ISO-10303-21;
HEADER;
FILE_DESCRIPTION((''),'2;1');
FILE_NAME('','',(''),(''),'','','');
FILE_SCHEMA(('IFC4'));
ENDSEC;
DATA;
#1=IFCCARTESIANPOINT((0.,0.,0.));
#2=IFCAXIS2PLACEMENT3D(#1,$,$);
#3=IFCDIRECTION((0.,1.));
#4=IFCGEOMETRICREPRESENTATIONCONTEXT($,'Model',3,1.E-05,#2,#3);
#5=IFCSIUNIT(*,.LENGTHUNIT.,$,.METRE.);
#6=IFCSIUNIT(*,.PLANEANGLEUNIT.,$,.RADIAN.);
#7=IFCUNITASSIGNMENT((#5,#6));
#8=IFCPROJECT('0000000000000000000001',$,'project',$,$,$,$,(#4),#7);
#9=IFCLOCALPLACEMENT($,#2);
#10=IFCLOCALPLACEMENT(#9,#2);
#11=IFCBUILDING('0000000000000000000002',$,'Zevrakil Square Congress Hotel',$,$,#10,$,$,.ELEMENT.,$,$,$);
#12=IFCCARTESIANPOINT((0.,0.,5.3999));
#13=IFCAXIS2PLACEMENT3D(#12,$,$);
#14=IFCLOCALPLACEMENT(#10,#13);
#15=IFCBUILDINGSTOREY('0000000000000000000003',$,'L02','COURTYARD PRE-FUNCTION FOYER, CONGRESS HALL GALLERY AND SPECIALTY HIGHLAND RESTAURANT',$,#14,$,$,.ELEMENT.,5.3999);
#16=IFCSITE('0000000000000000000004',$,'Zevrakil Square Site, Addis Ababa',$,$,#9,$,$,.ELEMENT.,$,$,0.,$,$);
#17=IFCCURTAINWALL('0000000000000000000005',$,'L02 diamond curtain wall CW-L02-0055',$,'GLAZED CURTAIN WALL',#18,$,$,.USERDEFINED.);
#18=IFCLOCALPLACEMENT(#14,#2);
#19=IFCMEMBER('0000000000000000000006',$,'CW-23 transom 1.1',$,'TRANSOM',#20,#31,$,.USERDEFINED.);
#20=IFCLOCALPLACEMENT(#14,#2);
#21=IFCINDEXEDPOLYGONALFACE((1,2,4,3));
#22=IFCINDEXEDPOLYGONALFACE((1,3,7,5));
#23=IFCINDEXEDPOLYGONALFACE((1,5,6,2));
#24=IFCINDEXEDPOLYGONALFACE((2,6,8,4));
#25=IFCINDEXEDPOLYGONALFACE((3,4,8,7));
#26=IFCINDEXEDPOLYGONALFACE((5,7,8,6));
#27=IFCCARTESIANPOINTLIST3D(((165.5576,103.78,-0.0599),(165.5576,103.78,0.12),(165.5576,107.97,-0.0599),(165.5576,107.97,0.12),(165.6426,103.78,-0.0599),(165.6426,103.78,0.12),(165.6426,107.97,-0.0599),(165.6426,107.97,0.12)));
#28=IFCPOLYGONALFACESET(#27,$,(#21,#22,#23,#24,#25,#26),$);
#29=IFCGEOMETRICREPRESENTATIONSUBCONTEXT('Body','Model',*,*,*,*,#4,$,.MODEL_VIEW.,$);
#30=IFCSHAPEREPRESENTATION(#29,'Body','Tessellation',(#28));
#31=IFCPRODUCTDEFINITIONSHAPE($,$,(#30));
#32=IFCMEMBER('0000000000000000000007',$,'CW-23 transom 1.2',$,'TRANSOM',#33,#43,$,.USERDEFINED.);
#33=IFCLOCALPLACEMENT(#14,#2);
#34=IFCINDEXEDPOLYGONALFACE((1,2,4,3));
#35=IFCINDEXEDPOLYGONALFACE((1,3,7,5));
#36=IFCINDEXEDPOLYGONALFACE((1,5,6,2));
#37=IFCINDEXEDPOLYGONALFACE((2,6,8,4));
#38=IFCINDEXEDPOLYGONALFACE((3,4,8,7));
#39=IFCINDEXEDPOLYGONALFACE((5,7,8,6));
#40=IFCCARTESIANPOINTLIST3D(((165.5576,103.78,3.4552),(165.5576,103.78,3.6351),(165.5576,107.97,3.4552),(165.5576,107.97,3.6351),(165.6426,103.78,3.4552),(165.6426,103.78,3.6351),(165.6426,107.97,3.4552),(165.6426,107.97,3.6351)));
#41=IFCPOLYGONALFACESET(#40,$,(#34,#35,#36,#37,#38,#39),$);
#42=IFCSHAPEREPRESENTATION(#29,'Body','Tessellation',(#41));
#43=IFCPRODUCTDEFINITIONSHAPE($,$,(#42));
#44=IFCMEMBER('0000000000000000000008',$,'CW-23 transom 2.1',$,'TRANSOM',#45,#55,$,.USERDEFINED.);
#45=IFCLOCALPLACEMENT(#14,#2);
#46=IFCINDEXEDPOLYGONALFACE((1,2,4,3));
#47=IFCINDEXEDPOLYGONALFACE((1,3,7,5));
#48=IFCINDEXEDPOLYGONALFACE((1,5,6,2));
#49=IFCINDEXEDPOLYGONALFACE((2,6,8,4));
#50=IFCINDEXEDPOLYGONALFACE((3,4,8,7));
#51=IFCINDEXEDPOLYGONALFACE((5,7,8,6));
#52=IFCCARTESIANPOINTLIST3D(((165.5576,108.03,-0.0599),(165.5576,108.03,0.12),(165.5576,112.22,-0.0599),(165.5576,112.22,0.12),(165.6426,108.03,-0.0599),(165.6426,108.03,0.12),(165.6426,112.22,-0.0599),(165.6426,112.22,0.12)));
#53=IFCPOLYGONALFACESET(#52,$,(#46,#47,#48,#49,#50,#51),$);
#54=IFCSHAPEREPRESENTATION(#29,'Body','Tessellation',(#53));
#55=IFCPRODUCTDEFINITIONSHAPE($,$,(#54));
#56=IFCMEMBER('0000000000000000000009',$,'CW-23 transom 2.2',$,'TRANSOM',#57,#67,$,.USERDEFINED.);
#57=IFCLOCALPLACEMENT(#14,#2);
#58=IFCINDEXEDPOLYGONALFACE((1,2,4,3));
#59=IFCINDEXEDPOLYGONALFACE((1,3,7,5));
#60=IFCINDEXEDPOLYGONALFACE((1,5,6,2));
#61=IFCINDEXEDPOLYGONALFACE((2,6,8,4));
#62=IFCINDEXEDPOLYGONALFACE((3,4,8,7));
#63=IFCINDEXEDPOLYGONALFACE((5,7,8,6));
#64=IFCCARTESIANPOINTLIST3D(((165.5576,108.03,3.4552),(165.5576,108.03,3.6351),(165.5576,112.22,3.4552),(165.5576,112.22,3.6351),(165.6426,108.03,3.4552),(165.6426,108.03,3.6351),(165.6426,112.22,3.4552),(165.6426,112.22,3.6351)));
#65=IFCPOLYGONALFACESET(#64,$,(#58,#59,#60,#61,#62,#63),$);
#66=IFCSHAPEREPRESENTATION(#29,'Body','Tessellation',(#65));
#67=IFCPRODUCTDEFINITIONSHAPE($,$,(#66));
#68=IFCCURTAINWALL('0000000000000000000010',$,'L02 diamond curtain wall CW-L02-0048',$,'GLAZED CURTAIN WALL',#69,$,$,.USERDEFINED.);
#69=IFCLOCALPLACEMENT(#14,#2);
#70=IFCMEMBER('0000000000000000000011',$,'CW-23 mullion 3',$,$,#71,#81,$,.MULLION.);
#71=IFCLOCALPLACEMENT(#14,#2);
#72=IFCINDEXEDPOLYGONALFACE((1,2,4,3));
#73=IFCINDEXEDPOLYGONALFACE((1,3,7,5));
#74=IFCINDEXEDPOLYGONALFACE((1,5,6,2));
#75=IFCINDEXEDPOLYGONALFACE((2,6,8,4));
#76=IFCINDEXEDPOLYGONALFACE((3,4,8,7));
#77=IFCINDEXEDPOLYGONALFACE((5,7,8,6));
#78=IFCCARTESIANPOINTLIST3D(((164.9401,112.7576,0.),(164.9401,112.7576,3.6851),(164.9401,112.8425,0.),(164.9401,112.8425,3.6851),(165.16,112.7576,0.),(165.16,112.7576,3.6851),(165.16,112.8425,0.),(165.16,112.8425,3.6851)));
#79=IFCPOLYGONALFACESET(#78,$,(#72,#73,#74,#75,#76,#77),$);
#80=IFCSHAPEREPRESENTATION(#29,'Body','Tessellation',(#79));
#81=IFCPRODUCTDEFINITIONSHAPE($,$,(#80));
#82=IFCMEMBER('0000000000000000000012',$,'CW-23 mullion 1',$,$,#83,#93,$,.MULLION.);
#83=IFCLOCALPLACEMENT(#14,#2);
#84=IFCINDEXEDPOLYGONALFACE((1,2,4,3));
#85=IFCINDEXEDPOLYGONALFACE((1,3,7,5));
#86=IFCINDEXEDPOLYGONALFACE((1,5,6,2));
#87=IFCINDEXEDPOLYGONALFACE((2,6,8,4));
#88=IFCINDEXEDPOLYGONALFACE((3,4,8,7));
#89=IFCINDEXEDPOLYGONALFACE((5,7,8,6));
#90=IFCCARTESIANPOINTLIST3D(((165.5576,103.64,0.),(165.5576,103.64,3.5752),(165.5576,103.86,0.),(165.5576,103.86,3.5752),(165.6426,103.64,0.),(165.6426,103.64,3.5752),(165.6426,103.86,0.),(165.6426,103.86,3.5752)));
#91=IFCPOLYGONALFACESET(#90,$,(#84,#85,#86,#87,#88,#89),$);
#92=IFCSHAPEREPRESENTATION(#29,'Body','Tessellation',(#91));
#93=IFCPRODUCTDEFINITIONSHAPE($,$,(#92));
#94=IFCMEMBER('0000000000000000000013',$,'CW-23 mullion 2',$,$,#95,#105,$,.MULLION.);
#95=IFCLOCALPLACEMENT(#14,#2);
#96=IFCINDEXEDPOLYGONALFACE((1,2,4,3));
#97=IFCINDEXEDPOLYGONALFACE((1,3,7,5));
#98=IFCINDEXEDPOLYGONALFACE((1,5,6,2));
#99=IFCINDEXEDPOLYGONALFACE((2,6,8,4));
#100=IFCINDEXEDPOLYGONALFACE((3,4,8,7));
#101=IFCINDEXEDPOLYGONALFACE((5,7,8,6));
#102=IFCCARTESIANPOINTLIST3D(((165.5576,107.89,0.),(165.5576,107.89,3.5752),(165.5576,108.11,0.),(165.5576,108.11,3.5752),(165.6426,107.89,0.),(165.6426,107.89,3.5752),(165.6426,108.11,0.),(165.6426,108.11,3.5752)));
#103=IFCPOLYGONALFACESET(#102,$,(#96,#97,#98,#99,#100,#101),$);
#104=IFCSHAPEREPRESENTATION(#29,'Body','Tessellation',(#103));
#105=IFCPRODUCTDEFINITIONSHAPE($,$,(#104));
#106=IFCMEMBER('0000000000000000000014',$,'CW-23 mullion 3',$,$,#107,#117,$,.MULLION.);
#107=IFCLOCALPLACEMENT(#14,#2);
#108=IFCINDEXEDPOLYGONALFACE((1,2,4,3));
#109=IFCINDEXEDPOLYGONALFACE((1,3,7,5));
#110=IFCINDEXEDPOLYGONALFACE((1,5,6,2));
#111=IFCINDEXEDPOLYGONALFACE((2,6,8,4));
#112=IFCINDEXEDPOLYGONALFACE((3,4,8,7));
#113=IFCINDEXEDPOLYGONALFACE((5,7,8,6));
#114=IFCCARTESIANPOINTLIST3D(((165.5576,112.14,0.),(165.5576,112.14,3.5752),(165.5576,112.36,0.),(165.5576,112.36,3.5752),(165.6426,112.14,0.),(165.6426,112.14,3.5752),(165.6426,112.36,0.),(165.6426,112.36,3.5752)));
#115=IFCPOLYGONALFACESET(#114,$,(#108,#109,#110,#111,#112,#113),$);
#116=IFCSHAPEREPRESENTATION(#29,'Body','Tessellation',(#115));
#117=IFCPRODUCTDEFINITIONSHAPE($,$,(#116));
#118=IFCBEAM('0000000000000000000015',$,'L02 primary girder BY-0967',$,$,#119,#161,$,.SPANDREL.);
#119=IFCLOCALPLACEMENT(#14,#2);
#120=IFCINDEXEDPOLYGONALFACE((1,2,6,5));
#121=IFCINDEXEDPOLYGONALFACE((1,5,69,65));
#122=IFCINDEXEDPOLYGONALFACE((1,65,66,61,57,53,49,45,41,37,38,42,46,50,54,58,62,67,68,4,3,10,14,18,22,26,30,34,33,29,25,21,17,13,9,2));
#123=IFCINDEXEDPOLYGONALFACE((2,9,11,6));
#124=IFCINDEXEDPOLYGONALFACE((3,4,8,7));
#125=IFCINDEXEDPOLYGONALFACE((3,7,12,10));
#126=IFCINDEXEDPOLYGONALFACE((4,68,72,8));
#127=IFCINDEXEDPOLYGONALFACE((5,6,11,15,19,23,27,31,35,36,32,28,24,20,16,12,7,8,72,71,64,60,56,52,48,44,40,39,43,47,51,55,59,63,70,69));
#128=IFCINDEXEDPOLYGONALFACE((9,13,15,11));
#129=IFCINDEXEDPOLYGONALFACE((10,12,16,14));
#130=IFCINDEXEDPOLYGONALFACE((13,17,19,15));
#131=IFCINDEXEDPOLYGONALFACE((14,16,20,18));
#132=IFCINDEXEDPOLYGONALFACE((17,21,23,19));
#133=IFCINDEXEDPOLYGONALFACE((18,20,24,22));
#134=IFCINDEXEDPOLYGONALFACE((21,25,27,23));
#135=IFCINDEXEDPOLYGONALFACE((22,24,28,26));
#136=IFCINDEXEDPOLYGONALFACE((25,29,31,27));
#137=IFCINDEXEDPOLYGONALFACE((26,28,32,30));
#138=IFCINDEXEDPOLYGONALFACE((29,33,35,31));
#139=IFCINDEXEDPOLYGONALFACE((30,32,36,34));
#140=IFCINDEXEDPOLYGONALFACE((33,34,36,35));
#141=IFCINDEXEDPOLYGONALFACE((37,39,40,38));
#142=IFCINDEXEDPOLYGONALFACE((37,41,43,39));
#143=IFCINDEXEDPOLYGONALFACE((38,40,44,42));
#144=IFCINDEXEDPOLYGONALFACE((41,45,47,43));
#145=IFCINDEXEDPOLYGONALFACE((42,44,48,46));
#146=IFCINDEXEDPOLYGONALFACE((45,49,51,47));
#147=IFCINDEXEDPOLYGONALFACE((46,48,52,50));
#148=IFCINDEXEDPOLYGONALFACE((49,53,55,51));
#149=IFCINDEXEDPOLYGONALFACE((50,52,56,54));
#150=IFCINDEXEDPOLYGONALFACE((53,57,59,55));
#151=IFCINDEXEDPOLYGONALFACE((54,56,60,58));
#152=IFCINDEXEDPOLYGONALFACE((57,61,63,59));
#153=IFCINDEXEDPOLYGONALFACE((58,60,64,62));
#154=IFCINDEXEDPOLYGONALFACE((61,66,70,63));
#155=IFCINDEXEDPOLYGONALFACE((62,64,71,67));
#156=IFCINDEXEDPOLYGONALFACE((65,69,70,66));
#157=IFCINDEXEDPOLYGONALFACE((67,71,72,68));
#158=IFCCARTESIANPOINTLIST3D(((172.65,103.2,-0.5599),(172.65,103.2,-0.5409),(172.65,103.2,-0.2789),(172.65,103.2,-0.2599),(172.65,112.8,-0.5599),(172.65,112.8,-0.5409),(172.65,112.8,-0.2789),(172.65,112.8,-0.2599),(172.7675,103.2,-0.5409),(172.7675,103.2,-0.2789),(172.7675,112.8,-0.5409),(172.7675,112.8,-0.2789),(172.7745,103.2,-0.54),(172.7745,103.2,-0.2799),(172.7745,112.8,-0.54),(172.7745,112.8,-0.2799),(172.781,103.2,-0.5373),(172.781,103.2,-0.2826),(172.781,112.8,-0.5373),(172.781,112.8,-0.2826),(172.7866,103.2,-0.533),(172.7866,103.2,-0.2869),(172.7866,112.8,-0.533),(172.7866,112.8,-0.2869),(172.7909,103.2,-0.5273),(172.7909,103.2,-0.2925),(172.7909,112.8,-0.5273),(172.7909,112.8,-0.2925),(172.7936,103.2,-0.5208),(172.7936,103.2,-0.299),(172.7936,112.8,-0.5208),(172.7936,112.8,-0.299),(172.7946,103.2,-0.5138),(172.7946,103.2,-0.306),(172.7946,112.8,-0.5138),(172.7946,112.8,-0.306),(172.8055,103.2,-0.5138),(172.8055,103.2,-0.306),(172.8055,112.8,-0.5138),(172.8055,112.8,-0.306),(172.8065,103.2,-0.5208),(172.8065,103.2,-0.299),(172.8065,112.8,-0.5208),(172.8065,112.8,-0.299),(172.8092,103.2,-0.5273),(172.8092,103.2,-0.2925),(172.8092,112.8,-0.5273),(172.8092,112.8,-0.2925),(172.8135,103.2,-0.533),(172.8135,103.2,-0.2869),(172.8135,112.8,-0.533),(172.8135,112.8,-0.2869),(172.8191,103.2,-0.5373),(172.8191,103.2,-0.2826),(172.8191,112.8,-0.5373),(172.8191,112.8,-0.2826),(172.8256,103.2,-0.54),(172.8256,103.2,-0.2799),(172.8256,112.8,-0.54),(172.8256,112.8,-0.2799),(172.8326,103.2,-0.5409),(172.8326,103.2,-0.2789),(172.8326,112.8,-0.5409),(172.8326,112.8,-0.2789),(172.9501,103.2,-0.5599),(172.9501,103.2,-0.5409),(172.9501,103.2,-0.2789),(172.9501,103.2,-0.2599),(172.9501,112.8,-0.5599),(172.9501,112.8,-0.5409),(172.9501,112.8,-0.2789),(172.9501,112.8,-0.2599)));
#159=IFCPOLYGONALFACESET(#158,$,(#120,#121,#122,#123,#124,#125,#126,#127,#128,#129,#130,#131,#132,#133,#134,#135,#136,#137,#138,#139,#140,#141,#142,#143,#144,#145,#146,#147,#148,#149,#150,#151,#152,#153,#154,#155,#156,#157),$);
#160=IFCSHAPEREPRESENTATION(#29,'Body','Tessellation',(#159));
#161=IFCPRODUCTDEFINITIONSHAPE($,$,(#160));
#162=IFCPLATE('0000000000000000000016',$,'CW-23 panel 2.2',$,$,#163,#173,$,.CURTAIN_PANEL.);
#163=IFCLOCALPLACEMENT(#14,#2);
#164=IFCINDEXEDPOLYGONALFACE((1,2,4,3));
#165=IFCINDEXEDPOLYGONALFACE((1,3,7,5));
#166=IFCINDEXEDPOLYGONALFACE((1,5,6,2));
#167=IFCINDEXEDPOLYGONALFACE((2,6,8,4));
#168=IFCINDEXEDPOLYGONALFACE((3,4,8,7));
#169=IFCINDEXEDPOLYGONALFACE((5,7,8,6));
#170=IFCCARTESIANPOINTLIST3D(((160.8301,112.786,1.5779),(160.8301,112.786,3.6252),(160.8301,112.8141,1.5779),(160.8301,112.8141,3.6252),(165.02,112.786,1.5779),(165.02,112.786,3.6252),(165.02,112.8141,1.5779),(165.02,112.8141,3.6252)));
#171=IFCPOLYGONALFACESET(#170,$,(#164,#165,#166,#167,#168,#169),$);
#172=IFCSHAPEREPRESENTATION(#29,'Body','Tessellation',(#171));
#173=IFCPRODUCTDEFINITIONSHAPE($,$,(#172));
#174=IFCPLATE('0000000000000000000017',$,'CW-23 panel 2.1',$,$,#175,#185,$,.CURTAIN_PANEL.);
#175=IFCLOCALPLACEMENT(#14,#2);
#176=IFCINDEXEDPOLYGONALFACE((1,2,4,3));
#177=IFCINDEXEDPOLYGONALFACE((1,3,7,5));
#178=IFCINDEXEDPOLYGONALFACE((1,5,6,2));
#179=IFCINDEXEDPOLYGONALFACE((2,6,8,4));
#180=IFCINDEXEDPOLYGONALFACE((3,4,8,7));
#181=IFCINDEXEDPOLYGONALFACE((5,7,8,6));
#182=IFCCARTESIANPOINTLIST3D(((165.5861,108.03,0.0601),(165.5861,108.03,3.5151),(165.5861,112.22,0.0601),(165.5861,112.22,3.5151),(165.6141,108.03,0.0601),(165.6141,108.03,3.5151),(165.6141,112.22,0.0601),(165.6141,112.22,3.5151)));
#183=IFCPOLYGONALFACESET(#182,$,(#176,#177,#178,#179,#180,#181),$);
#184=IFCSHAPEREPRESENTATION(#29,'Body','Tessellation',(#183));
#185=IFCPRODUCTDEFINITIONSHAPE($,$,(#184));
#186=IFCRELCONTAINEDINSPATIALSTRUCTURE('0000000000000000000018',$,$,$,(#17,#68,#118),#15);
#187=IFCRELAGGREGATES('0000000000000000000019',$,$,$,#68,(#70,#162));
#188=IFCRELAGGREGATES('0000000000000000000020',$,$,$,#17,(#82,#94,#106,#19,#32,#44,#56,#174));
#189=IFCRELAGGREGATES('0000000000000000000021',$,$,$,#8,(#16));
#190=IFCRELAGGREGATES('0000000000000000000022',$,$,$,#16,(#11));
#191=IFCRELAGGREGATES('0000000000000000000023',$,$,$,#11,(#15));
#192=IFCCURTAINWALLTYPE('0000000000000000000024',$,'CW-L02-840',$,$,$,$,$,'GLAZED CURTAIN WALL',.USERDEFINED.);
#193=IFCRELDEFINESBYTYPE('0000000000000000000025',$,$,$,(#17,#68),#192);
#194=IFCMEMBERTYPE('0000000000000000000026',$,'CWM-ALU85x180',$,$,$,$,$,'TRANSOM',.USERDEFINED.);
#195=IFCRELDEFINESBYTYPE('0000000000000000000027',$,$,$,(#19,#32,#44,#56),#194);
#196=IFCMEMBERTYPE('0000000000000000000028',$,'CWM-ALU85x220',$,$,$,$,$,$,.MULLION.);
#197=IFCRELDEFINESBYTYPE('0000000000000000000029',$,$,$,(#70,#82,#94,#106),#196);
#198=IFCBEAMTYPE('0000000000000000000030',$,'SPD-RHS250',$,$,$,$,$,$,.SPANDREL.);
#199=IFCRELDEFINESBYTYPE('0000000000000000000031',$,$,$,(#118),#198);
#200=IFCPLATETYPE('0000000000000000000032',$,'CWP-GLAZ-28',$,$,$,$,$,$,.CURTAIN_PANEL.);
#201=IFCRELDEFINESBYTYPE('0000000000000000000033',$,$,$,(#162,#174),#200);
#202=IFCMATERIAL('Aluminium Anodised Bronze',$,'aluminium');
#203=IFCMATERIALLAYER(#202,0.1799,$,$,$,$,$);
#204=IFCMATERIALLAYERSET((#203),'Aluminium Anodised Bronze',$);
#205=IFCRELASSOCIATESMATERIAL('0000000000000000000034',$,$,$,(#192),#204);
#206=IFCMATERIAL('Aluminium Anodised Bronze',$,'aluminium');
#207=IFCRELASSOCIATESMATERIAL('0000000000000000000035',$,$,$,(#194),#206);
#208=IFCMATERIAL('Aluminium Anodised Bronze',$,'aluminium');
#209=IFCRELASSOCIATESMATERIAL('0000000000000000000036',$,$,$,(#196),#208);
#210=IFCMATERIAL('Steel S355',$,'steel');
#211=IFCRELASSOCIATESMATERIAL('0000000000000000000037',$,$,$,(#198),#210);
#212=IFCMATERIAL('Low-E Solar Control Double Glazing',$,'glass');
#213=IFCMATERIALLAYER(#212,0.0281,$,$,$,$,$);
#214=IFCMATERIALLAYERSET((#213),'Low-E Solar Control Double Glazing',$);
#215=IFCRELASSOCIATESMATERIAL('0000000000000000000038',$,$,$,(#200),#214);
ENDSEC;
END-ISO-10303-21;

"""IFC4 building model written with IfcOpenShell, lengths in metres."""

from ifc_helpers import new_model, si_unit, direction, frame, origin, origin_2d, place, context, subcontext, project, spatial, rectangle, i_section, extrude, material, layer, layer_set, material_profile, profile_set, type_object, element, aggregate, save


model = new_model("IFC4")

# Units and contexts
model_context = context("Model", 3, precision=1e-05, world=origin(), true_north=direction((0.0, 1.0)))
body_context = subcontext(model_context, "Body", "Model", "MODEL_VIEW")
ifc_project = project(units=[si_unit("LENGTHUNIT", "METRE"), si_unit("PLANEANGLEUNIT", "RADIAN")], contexts=[model_context])

# Site, building, storey
site_placement = place(None, origin())
site = spatial("IfcSite", under=ifc_project, at=site_placement, Name="Zevrakil Square Site, Addis Ababa", CompositionType="ELEMENT", RefElevation=0.0)
building_placement = place(site_placement, origin())
building = spatial("IfcBuilding", under=site, at=building_placement, Name="Zevrakil Square Congress Hotel", CompositionType="ELEMENT")
storey_placement = place(building_placement, frame((0.0, 0.0, 5.3999)))
storey = spatial("IfcBuildingStorey", under=building, at=storey_placement, Name="L02", Description="COURTYARD PRE-FUNCTION FOYER, CONGRESS HALL GALLERY AND SPECIALTY HIGHLAND RESTAURANT", CompositionType="ELEMENT", Elevation=5.3999)

# Curtain wall, members
ifc_material_1 = material(Name="Aluminium Anodised Bronze", Category="aluminium")
ifc_layer_1 = layer(ifc_material_1, 0.1799)
ifc_layer_set_1 = layer_set([ifc_layer_1], Name="Aluminium Anodised Bronze")
curtain_wall_type = type_object("IfcCurtainWallType", Name="CW-L02-840", ElementType="GLAZED CURTAIN WALL", PredefinedType="USERDEFINED", material=ifc_layer_set_1)
curtain_wall_1_placement = place(storey_placement, origin())
curtain_wall_1 = element("IfcCurtainWall", 1, at=curtain_wall_1_placement, inside=storey, type_object=curtain_wall_type, Name="L02 diamond curtain wall CW-L02-0055", ObjectType="GLAZED CURTAIN WALL", PredefinedType="USERDEFINED")
ifc_material_2 = material(Name="Aluminium Anodised Bronze", Category="aluminium")
ifc_material_profile_1 = material_profile(ifc_material_2, rectangle(XDim=0.085, YDim=0.1799, at=origin_2d()), Name="ALU 85x180")
ifc_profile_set_1 = profile_set([ifc_material_profile_1], Name="Aluminium Anodised Bronze")
member_type_1 = type_object("IfcMemberType", Name="CWM-ALU85x180", ElementType="TRANSOM", PredefinedType="USERDEFINED", material=ifc_profile_set_1)
member_1_placement = place(storey_placement, frame((165.6001, 103.78, 0.03), z_axis=(0.0, 1.0, 0.0), x_axis=(-1.0, 0.0, 0.0)))
member_1 = element("IfcMember", 2, at=member_1_placement, type_object=member_type_1, Name="CW-23 transom 1.1", ObjectType="TRANSOM", PredefinedType="USERDEFINED", context=body_context, shape_type="SweptSolid", body=[
    extrude(rectangle(XDim=0.085, YDim=0.1799, at=origin_2d()), origin(), (0.0, 0.0, 1.0), 4.1899),
])
member_2_placement = place(storey_placement, frame((165.6001, 103.78, 3.5452), z_axis=(0.0, 1.0, 0.0), x_axis=(-1.0, 0.0, 0.0)))
member_2 = element("IfcMember", 3, at=member_2_placement, type_object=member_type_1, Name="CW-23 transom 1.2", ObjectType="TRANSOM", PredefinedType="USERDEFINED", context=body_context, shape_type="SweptSolid", body=[
    extrude(rectangle(XDim=0.085, YDim=0.1799, at=origin_2d()), origin(), (0.0, 0.0, 1.0), 4.1899),
])
member_3_placement = place(storey_placement, frame((165.6001, 108.03, 0.03), z_axis=(0.0, 1.0, 0.0), x_axis=(-1.0, 0.0, 0.0)))
member_3 = element("IfcMember", 4, at=member_3_placement, type_object=member_type_1, Name="CW-23 transom 2.1", ObjectType="TRANSOM", PredefinedType="USERDEFINED", context=body_context, shape_type="SweptSolid", body=[
    extrude(rectangle(XDim=0.085, YDim=0.1799, at=origin_2d()), origin(), (0.0, 0.0, 1.0), 4.1899),
])
member_4_placement = place(storey_placement, frame((165.6001, 108.03, 3.5452), z_axis=(0.0, 1.0, 0.0), x_axis=(-1.0, 0.0, 0.0)))
member_4 = element("IfcMember", 5, at=member_4_placement, type_object=member_type_1, Name="CW-23 transom 2.2", ObjectType="TRANSOM", PredefinedType="USERDEFINED", context=body_context, shape_type="SweptSolid", body=[
    extrude(rectangle(XDim=0.085, YDim=0.1799, at=origin_2d()), origin(), (0.0, 0.0, 1.0), 4.1899),
])

# Curtain wall, member
curtain_wall_2_placement = place(storey_placement, origin())
curtain_wall_2 = element("IfcCurtainWall", 6, at=curtain_wall_2_placement, inside=storey, type_object=curtain_wall_type, Name="L02 diamond curtain wall CW-L02-0048", ObjectType="GLAZED CURTAIN WALL", PredefinedType="USERDEFINED")
ifc_material_3 = material(Name="Aluminium Anodised Bronze", Category="aluminium")
ifc_material_profile_2 = material_profile(ifc_material_3, rectangle(XDim=0.085, YDim=0.22, at=origin_2d()), Name="ALU 85x220")
ifc_profile_set_2 = profile_set([ifc_material_profile_2], Name="Aluminium Anodised Bronze")
member_type_2 = type_object("IfcMemberType", Name="CWM-ALU85x220", PredefinedType="MULLION", material=ifc_profile_set_2)
member_5_placement = place(storey_placement, frame((165.05, 112.8, 0.0), z_axis=(0.0, 0.0, 1.0), x_axis=(0.0, 1.0, 0.0)))
member_5 = element("IfcMember", 7, at=member_5_placement, type_object=member_type_2, Name="CW-23 mullion 3", PredefinedType="MULLION", context=body_context, shape_type="SweptSolid", body=[
    extrude(rectangle(XDim=0.085, YDim=0.22, at=origin_2d()), origin(), (0.0, 0.0, 1.0), 3.6851),
])

# Members
member_6_placement = place(storey_placement, frame((165.6001, 103.75, 0.0), z_axis=(0.0, 0.0, 1.0), x_axis=(-1.0, 0.0, 0.0)))
member_6 = element("IfcMember", 8, at=member_6_placement, type_object=member_type_2, Name="CW-23 mullion 1", PredefinedType="MULLION", context=body_context, shape_type="SweptSolid", body=[
    extrude(rectangle(XDim=0.085, YDim=0.22, at=origin_2d()), origin(), (0.0, 0.0, 1.0), 3.5752),
])
member_7_placement = place(storey_placement, frame((165.6001, 108.0, 0.0), z_axis=(0.0, 0.0, 1.0), x_axis=(-1.0, 0.0, 0.0)))
member_7 = element("IfcMember", 9, at=member_7_placement, type_object=member_type_2, Name="CW-23 mullion 2", PredefinedType="MULLION", context=body_context, shape_type="SweptSolid", body=[
    extrude(rectangle(XDim=0.085, YDim=0.22, at=origin_2d()), origin(), (0.0, 0.0, 1.0), 3.5752),
])
member_8_placement = place(storey_placement, frame((165.6001, 112.25, 0.0), z_axis=(0.0, 0.0, 1.0), x_axis=(-1.0, 0.0, 0.0)))
member_8 = element("IfcMember", 10, at=member_8_placement, type_object=member_type_2, Name="CW-23 mullion 3", PredefinedType="MULLION", context=body_context, shape_type="SweptSolid", body=[
    extrude(rectangle(XDim=0.085, YDim=0.22, at=origin_2d()), origin(), (0.0, 0.0, 1.0), 3.5752),
])

# Beam
ifc_material_4 = material(Name="Steel S355", Category="steel")
ifc_material_profile_3 = material_profile(ifc_material_4, i_section(OverallWidth=0.3, OverallDepth=0.3, WebThickness=0.011, FlangeThickness=0.019, FilletRadius=0.0271, at=origin_2d()), Name="HEB 300")
ifc_profile_set_3 = profile_set([ifc_material_profile_3], Name="Steel S355")
beam_type_1 = type_object("IfcBeamType", Name="SPD-RHS250", PredefinedType="SPANDREL", material=ifc_profile_set_3)
beam_1_placement = place(storey_placement, frame((172.8, 103.2, -0.4099), z_axis=(0.0, 1.0, 0.0), x_axis=(-1.0, 0.0, 0.0)))
element("IfcBeam", 11, at=beam_1_placement, inside=storey, type_object=beam_type_1, Name="L02 primary girder BY-0967", PredefinedType="SPANDREL", context=body_context, shape_type="SweptSolid", body=[
    extrude(i_section(OverallWidth=0.3, OverallDepth=0.3, WebThickness=0.011, FlangeThickness=0.019, FilletRadius=0.0271, at=origin_2d()), origin(), (0.0, 0.0, 1.0), 9.6001),
])

# Plates
ifc_material_5 = material(Name="Low-E Solar Control Double Glazing", Category="glass")
ifc_layer_2 = layer(ifc_material_5, 0.0281)
ifc_layer_set_2 = layer_set([ifc_layer_2], Name="Low-E Solar Control Double Glazing")
plate_type_1 = type_object("IfcPlateType", Name="CWP-GLAZ-28", PredefinedType="CURTAIN_PANEL", material=ifc_layer_set_2)
plate_1_placement = place(storey_placement, frame((162.925, 112.8, 1.5779), z_axis=(0.0, 0.0, 1.0), x_axis=(1.0, 0.0, 0.0)))
plate_1 = element("IfcPlate", 12, at=plate_1_placement, type_object=plate_type_1, Name="CW-23 panel 2.2", PredefinedType="CURTAIN_PANEL", context=body_context, shape_type="SweptSolid", body=[
    extrude(rectangle(XDim=4.1899, YDim=0.0281, at=origin_2d()), origin(), (0.0, 0.0, 1.0), 2.0474),
])
plate_2_placement = place(storey_placement, frame((165.6001, 110.125, 0.0601), z_axis=(0.0, 0.0, 1.0), x_axis=(0.0, 1.0, 0.0)))
plate_2 = element("IfcPlate", 13, at=plate_2_placement, type_object=plate_type_1, Name="CW-23 panel 2.1", PredefinedType="CURTAIN_PANEL", context=body_context, shape_type="SweptSolid", body=[
    extrude(rectangle(XDim=4.1899, YDim=0.0281, at=origin_2d()), origin(), (0.0, 0.0, 1.0), 3.4551),
])
aggregate(curtain_wall_2, [member_5, plate_1])
aggregate(curtain_wall_1, [member_6, member_7, member_8, member_1, member_2, member_3, member_4, plate_2])

save(model, "model.ifc")
